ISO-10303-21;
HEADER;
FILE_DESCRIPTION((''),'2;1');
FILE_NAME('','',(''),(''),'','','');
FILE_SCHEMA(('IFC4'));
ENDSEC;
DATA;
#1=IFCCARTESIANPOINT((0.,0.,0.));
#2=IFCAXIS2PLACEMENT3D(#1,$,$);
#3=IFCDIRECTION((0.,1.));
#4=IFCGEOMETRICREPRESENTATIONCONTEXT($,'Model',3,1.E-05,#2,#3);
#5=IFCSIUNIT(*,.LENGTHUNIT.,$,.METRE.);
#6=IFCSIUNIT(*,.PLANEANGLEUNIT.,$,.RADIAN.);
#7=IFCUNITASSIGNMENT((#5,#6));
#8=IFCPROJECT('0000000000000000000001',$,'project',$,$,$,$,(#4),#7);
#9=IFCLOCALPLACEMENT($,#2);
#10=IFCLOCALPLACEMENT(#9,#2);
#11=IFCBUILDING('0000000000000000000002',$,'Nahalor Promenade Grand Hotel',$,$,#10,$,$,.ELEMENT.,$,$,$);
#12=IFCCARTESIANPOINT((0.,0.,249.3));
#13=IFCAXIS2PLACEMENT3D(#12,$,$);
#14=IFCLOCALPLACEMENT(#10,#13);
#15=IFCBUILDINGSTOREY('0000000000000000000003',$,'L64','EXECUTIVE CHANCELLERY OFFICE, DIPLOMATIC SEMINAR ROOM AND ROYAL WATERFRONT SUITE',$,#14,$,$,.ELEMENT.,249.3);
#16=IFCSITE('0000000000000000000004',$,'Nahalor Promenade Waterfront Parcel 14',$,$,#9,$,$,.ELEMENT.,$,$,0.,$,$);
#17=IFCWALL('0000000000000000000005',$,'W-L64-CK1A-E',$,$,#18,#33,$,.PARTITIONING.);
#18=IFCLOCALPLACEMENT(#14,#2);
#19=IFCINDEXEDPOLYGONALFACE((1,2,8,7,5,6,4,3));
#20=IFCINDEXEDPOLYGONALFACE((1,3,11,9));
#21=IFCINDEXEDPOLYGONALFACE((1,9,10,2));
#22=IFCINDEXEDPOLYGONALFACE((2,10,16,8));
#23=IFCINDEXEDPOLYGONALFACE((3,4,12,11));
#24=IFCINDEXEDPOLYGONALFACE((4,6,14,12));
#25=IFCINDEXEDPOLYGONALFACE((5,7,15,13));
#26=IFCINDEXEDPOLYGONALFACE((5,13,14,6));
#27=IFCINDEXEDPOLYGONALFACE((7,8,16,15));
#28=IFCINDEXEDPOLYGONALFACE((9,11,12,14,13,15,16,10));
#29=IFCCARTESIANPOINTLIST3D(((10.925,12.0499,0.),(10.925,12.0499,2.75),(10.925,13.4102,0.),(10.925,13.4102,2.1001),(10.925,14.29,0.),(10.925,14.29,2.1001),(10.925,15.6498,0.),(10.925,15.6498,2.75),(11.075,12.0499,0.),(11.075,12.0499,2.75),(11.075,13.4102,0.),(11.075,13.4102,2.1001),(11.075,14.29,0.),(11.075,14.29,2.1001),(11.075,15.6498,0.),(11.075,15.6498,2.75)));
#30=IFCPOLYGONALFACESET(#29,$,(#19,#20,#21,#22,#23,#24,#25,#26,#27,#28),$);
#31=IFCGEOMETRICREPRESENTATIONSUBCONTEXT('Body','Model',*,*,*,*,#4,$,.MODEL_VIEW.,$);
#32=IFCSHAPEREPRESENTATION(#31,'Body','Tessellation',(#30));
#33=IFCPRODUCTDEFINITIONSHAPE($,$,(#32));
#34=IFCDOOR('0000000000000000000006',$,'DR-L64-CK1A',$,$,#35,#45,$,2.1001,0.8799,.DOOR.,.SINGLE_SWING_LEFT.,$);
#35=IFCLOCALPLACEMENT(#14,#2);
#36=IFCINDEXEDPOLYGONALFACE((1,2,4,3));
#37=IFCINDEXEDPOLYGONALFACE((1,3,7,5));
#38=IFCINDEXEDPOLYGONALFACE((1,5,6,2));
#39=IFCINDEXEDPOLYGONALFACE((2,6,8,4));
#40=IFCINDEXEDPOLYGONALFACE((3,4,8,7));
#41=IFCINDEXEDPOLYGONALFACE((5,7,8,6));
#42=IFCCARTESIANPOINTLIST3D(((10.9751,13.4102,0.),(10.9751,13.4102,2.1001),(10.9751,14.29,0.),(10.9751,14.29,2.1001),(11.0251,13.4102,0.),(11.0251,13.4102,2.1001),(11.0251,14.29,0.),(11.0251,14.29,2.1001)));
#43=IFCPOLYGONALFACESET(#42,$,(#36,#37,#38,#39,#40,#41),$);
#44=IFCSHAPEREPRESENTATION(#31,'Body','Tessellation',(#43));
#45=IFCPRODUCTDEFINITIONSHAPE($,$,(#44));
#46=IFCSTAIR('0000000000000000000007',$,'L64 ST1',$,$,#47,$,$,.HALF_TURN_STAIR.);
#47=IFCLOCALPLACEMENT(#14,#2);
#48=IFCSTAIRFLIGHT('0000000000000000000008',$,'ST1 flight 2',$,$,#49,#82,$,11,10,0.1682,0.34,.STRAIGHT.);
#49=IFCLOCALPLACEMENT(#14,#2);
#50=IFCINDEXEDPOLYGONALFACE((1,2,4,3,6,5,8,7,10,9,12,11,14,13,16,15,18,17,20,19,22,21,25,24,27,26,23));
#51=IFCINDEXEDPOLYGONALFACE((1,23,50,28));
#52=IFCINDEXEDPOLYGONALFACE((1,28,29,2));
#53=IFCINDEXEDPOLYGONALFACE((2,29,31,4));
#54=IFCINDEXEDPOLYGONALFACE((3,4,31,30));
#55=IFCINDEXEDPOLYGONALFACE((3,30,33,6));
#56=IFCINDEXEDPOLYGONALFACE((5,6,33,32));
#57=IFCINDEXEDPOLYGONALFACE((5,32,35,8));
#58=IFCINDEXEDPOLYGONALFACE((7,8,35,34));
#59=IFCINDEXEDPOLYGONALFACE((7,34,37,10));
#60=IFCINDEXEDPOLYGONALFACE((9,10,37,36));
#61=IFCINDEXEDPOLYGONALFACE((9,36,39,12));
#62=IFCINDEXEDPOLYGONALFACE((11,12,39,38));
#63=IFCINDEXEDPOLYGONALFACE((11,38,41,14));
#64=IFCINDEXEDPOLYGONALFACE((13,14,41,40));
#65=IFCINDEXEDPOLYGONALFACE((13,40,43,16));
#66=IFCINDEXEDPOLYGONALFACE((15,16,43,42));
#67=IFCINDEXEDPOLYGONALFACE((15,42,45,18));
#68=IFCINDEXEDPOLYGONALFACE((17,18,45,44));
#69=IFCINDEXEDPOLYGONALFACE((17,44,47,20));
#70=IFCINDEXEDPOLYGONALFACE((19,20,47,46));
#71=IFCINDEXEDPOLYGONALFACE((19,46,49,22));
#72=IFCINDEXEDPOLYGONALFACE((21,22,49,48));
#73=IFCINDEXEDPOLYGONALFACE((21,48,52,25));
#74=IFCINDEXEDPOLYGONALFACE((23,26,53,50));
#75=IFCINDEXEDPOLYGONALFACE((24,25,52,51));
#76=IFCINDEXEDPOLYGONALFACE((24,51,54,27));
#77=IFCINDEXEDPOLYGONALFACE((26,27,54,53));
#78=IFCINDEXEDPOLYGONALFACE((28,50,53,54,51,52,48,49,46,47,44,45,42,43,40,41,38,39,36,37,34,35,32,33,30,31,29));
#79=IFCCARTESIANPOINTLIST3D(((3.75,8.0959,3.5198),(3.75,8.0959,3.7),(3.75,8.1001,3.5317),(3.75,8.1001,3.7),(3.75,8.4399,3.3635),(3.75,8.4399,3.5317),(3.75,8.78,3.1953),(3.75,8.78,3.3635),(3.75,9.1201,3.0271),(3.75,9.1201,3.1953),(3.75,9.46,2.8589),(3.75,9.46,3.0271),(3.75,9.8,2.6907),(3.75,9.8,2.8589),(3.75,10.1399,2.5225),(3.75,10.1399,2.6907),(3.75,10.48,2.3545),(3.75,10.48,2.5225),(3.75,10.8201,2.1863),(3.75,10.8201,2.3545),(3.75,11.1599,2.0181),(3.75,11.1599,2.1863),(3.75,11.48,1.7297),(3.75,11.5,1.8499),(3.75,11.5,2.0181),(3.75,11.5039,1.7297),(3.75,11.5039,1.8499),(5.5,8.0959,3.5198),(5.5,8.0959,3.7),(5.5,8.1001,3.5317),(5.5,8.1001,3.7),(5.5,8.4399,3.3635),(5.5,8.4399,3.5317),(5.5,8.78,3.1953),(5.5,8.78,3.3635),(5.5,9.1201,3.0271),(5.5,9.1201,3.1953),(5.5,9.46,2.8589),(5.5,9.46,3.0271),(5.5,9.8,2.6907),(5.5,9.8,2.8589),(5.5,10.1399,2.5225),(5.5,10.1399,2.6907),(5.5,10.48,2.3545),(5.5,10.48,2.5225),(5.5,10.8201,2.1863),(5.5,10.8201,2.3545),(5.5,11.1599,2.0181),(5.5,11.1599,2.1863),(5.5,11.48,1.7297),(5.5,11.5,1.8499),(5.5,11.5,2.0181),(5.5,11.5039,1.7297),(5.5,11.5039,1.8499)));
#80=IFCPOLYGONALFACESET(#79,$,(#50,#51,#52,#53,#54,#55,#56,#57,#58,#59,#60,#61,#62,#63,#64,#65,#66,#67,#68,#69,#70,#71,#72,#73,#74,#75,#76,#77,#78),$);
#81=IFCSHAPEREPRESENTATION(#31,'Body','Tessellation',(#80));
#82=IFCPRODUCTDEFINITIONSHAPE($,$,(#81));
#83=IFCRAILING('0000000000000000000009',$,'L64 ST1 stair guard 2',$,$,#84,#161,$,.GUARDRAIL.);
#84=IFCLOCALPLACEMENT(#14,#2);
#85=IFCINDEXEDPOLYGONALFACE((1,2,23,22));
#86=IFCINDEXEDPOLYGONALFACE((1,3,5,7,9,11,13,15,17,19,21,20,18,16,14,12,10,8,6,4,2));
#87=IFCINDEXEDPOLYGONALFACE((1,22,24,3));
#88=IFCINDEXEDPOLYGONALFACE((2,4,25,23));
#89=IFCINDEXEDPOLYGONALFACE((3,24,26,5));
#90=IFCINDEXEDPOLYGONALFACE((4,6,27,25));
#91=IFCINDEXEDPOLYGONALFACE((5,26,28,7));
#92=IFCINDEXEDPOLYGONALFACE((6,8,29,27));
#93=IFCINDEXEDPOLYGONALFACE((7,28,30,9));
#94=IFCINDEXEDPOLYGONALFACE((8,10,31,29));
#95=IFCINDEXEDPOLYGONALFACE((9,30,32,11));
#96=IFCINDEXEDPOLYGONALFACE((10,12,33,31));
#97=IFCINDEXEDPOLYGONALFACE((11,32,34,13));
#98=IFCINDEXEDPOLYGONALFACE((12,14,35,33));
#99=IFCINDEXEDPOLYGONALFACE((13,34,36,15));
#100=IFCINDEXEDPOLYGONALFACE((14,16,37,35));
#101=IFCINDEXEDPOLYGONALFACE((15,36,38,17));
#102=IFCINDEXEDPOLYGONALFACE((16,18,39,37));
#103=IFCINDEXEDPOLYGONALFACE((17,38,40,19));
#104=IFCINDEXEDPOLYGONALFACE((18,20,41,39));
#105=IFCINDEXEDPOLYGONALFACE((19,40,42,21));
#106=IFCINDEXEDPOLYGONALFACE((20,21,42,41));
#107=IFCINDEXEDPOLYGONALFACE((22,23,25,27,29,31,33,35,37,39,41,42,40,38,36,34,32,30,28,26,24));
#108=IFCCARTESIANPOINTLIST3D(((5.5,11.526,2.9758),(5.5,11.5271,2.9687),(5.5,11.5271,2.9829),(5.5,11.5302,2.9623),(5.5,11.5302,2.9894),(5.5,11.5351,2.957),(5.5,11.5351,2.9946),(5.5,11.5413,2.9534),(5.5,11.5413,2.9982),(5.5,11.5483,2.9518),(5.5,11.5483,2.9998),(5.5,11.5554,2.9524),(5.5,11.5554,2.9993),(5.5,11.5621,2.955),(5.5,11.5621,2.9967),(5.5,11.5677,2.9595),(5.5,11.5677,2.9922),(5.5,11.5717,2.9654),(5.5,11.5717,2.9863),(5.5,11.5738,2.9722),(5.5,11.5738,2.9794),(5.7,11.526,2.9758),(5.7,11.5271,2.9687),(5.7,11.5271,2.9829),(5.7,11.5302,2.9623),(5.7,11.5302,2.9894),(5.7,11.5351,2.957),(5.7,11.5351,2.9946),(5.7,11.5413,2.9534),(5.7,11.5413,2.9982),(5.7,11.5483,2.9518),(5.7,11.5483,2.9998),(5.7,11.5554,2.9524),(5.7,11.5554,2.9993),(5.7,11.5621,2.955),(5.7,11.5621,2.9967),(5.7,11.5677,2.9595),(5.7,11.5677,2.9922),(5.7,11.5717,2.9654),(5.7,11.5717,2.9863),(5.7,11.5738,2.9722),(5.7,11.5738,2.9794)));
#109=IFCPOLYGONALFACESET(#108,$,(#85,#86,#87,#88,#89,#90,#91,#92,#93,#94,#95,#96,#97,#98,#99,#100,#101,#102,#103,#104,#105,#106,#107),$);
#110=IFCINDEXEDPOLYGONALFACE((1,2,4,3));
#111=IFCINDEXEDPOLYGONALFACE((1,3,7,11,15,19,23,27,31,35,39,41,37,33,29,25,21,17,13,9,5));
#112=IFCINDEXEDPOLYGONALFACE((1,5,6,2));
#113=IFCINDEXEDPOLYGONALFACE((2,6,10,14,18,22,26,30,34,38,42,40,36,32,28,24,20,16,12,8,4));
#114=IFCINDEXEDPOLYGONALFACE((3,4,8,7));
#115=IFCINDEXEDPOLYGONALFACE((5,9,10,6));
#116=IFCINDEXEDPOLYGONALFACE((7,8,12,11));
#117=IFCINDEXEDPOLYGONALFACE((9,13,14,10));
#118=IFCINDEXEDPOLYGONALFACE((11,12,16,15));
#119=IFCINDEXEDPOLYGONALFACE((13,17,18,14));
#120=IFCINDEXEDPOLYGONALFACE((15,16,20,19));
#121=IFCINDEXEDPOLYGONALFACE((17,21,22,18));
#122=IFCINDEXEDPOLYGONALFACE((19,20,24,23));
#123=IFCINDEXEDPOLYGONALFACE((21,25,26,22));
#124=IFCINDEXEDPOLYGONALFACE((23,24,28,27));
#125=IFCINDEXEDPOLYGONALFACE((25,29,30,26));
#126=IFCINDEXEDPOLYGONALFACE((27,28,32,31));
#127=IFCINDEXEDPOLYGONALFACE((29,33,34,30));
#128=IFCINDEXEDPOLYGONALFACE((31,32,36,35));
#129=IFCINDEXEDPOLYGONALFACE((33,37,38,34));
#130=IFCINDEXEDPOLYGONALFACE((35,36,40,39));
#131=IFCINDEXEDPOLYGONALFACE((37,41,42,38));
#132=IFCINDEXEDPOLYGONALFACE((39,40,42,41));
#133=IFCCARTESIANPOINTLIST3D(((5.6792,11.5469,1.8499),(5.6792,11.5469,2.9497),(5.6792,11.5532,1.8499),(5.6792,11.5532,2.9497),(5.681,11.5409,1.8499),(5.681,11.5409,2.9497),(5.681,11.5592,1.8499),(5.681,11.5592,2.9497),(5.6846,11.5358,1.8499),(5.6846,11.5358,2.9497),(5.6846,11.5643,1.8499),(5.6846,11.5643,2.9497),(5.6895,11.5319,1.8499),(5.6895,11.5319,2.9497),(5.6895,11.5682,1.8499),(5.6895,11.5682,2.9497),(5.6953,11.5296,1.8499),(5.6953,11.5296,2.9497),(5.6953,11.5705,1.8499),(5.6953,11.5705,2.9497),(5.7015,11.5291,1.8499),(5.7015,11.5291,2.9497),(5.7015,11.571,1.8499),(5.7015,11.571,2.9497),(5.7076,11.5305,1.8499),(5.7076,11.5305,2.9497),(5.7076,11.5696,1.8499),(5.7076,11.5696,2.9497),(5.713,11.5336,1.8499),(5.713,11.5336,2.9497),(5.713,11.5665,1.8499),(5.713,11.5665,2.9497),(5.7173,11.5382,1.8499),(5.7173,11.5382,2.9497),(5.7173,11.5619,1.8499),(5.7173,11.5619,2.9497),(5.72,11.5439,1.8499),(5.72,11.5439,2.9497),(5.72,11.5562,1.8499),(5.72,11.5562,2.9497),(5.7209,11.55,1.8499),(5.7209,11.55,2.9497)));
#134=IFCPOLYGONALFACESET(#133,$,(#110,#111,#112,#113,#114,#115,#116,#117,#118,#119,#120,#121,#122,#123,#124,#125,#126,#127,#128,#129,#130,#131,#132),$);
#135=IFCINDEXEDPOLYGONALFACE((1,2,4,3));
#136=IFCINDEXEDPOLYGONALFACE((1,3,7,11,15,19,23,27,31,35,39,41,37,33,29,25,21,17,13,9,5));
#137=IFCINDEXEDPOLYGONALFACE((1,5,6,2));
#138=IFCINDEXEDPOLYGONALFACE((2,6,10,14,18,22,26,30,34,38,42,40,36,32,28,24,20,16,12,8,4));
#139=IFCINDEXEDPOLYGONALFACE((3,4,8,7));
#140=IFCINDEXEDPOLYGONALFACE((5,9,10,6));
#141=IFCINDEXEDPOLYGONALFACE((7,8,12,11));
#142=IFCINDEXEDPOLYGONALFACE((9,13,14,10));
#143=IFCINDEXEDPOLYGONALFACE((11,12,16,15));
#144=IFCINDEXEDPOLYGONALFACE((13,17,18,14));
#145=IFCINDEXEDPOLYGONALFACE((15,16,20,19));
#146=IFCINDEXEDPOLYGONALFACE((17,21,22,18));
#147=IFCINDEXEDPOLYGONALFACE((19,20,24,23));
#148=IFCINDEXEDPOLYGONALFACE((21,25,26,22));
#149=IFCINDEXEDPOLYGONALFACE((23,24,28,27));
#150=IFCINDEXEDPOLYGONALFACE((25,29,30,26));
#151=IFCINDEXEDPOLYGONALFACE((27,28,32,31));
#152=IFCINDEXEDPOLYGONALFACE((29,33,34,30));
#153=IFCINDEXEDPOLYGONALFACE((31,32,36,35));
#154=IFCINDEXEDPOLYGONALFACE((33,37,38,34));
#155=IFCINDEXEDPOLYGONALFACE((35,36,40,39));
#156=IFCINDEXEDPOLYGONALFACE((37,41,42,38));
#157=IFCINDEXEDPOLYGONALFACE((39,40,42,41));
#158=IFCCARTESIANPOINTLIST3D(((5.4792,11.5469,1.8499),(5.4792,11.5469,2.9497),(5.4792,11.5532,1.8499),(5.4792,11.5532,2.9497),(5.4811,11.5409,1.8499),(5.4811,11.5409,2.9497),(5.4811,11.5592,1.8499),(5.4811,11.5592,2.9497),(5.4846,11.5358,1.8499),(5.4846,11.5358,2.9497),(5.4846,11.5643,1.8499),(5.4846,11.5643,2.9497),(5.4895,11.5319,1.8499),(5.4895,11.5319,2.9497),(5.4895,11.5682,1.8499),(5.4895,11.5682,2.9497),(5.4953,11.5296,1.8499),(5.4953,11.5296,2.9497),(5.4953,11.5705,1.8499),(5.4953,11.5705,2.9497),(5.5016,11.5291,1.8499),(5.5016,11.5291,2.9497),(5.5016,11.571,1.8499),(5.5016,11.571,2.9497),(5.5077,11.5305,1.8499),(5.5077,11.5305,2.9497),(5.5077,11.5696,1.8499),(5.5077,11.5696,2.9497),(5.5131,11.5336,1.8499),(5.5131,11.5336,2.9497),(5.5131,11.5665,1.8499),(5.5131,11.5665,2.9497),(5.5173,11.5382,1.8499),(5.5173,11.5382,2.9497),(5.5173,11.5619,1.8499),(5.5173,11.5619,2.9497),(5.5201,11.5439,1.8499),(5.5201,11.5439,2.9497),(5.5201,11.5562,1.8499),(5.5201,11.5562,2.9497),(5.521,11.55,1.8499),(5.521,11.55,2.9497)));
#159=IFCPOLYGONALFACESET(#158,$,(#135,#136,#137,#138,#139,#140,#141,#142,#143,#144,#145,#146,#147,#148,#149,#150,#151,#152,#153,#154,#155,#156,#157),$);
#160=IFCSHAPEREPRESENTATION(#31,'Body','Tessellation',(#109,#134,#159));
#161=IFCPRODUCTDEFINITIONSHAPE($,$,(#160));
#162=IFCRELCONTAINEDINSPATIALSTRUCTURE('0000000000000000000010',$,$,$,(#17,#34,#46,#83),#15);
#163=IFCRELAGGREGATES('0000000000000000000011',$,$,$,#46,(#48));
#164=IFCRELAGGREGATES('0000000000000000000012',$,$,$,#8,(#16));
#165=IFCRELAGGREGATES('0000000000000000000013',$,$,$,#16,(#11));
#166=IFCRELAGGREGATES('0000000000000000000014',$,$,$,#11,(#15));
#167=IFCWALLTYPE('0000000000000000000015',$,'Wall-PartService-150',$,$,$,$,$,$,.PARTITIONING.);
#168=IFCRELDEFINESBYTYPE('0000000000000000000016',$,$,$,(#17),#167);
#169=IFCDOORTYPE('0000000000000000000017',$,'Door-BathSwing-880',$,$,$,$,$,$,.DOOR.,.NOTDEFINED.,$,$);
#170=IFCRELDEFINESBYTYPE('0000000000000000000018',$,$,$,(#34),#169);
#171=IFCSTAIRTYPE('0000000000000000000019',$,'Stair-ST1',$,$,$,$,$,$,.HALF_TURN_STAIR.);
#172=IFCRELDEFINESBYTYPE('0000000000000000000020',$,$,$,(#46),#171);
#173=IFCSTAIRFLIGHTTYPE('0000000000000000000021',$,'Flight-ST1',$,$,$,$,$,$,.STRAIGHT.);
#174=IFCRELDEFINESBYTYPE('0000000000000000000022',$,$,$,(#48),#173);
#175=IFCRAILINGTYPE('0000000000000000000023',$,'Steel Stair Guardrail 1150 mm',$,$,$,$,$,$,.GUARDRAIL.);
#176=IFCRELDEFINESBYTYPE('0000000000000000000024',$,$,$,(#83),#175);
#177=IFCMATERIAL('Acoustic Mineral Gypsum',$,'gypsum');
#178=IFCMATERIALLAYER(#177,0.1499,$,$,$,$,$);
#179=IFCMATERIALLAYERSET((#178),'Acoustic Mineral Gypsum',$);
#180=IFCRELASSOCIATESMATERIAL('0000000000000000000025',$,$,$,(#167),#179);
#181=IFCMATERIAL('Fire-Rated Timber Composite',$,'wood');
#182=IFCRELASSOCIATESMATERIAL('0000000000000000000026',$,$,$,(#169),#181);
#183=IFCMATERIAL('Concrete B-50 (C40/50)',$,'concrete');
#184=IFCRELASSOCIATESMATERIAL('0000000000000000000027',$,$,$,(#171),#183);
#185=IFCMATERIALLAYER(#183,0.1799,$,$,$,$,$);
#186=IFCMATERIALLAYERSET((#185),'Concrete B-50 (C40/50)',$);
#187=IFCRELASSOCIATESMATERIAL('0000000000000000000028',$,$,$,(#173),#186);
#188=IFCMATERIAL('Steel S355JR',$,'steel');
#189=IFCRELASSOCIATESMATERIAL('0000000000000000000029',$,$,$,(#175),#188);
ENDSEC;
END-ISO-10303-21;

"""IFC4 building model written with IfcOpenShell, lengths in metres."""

from ifc_helpers import new_model, si_unit, direction, frame, frame_2d, origin, origin_2d, place, context, subcontext, project, spatial, polyline, rectangle, circle, outline, extrude, source, transform, mapped, material, layer, layer_set, type_object, element, fill, aggregate, save


model = new_model("IFC4")

# Units and contexts
model_context = context("Model", 3, precision=1e-05, world=origin(), true_north=direction((0.0, 1.0)))
body_context = subcontext(model_context, "Body", "Model", "MODEL_VIEW")
ifc_project = project(units=[si_unit("LENGTHUNIT", "METRE"), si_unit("PLANEANGLEUNIT", "RADIAN")], contexts=[model_context])

# Site, building, storey
site_placement = place(None, origin())
site = spatial("IfcSite", under=ifc_project, at=site_placement, Name="Nahalor Promenade Waterfront Parcel 14", CompositionType="ELEMENT", RefElevation=0.0)
building_placement = place(site_placement, origin())
building = spatial("IfcBuilding", under=site, at=building_placement, Name="Nahalor Promenade Grand Hotel", CompositionType="ELEMENT")
storey_placement = place(building_placement, frame((0.0, 0.0, 249.3)))
storey = spatial("IfcBuildingStorey", under=building, at=storey_placement, Name="L64", Description="EXECUTIVE CHANCELLERY OFFICE, DIPLOMATIC SEMINAR ROOM AND ROYAL WATERFRONT SUITE", CompositionType="ELEMENT", Elevation=249.3)

# Shared definitions
ifc_material_1 = material(Name="Steel S355JR", Category="steel")

# Shared definitions
ifc_material_2 = material(Name="Concrete B-50 (C40/50)", Category="concrete")
ifc_material_3 = material(Name="Acoustic Mineral Gypsum", Category="gypsum")
ifc_layer_1 = layer(ifc_material_3, 0.1499)
ifc_layer_set_1 = layer_set([ifc_layer_1], Name="Acoustic Mineral Gypsum")
wall_type_1 = type_object("IfcWallType", Name="Wall-PartService-150", PredefinedType="PARTITIONING", material=ifc_layer_set_1)
shared_shape_1 = source(origin(), body_context, "Body", "SweptSolid", [
    extrude(rectangle(XDim=3.5999, YDim=0.1499, at=frame_2d((1.7998, 0.0))), origin(), (0.0, 0.0, 1.0), 2.75),
])

# Wall, opening, door
wall_1_placement = place(storey_placement, frame((11.0, 12.05, 0.0), z_axis=(0.0, 0.0, 1.0), x_axis=(0.0, 1.0, 0.0)))
wall_1 = element("IfcWall", 1, at=wall_1_placement, inside=storey, type_object=wall_type_1, Name="W-L64-CK1A-E", PredefinedType="PARTITIONING", context=body_context, shape_type="MappedRepresentation", body=[
    mapped(shared_shape_1, transform((0.0, 0.0, 0.0), scale=1.0)),
])
opening_placement = place(wall_1_placement, frame((1.3601, 0.0, 0.0)))
opening = element("IfcOpeningElement", 2, at=opening_placement, cuts=wall_1, PredefinedType="OPENING", context=body_context, shape_type="SweptSolid", body=[
    extrude(rectangle(XDim=0.8799, YDim=2.1001, at=frame_2d((0.4399, 1.05))), frame((0.0, 0.085, 0.0), z_axis=(0.0, -1.0, 0.0), x_axis=(1.0, 0.0, 0.0)), (0.0, 0.0, 1.0), 0.1699),
])
ifc_material_4 = material(Name="Fire-Rated Timber Composite", Category="wood")
door_type = type_object("IfcDoorType", Name="Door-BathSwing-880", OperationType="NOTDEFINED", PredefinedType="DOOR", material=ifc_material_4)
shared_shape_2 = source(origin(), body_context, "Body", "SweptSolid", [
    extrude(rectangle(XDim=0.8799, YDim=2.1001, at=frame_2d((0.4399, 1.05))), frame((0.0, 0.0249, 0.0), z_axis=(0.0, -1.0, 0.0), x_axis=(1.0, 0.0, 0.0)), (0.0, 0.0, 1.0), 0.05),
])
door_placement = place(opening_placement, origin())
door = element("IfcDoor", 3, at=door_placement, inside=storey, type_object=door_type, Name="DR-L64-CK1A", OperationType="SINGLE_SWING_LEFT", OverallHeight=2.1001, OverallWidth=0.8799, PredefinedType="DOOR", context=body_context, shape_type="MappedRepresentation", body=[
    mapped(shared_shape_2, transform((0.0, 0.0, 0.0), scale=1.0)),
])
fill(opening, door)

# Stair, stair flight
stair_type = type_object("IfcStairType", Name="Stair-ST1", PredefinedType="HALF_TURN_STAIR", material=ifc_material_2)
stair_placement = place(storey_placement, origin())
stair = element("IfcStair", 4, at=stair_placement, inside=storey, type_object=stair_type, Name="L64 ST1", PredefinedType="HALF_TURN_STAIR")
ifc_layer_2 = layer(ifc_material_2, 0.1799)
ifc_layer_set_2 = layer_set([ifc_layer_2], Name="Concrete B-50 (C40/50)")
stair_flight_type = type_object("IfcStairFlightType", Name="Flight-ST1", PredefinedType="STRAIGHT", material=ifc_layer_set_2)
shared_shape_3 = source(origin(), body_context, "Body", "SweptSolid", [
    extrude(outline(polyline([(-0.0039, -0.1201), (-0.0039, 0.0), (0.0, 0.0), (0.0, 0.1682), (0.3401, 0.1682), (0.3401, 0.3364), (0.6799, 0.3364), (0.6799, 0.5046), (1.02, 0.5046), (1.02, 0.6726), (1.3601, 0.6726), (1.3601, 0.8408), (1.7, 0.8408), (1.7, 1.009), (2.04, 1.009), (2.04, 1.1772), (2.3799, 1.1772), (2.3799, 1.3455), (2.72, 1.3455), (2.72, 1.5137), (3.0601, 1.5137), (3.0601, 1.6819), (3.3999, 1.6819), (3.3999, 1.8501), (3.4041, 1.8501), (3.4041, 1.6699), (0.02, -0.1201), (-0.0039, -0.1201)])), frame((0.0, 0.875, 0.0), z_axis=(0.0, -1.0, 0.0), x_axis=(1.0, 0.0, 0.0)), (0.0, 0.0, 1.0), 1.75),
])
stair_flight_placement = place(storey_placement, frame((4.625, 11.5, 1.8499), z_axis=(0.0, 0.0, 1.0), x_axis=(0.0, -1.0, 0.0)))
stair_flight = element("IfcStairFlight", 5, at=stair_flight_placement, type_object=stair_flight_type, Name="ST1 flight 2", NumberOfRisers=11, NumberOfTreads=10, PredefinedType="STRAIGHT", RiserHeight=0.1682, TreadLength=0.34, context=body_context, shape_type="MappedRepresentation", body=[
    mapped(shared_shape_3, transform((0.0, 0.0, 0.0), scale=1.0)),
])
aggregate(stair, [stair_flight])

# Railing
railing_type = type_object("IfcRailingType", Name="Steel Stair Guardrail 1150 mm", PredefinedType="GUARDRAIL", material=ifc_material_1)
railing_1_placement = place(storey_placement, frame((5.7, 11.55, 1.8499)))
element("IfcRailing", 6, at=railing_1_placement, inside=storey, type_object=railing_type, Name="L64 ST1 stair guard 2", PredefinedType="GUARDRAIL", context=body_context, shape_type="SweptSolid", body=[
    extrude(circle(Radius=0.024, at=origin_2d()), frame((0.0, 0.0, 1.126), z_axis=(-1.0, 0.0, 0.0), x_axis=(0.0, -1.0, 0.0)), (0.0, 0.0, 1.0), 0.2),
    extrude(circle(Radius=0.021, at=origin_2d()), origin(), (0.0, 0.0, 1.0), 1.0999),
    extrude(circle(Radius=0.021, at=origin_2d()), frame((-0.2, 0.0, 0.0)), (0.0, 0.0, 1.0), 1.0999),
])

save(model, "model.ifc")
